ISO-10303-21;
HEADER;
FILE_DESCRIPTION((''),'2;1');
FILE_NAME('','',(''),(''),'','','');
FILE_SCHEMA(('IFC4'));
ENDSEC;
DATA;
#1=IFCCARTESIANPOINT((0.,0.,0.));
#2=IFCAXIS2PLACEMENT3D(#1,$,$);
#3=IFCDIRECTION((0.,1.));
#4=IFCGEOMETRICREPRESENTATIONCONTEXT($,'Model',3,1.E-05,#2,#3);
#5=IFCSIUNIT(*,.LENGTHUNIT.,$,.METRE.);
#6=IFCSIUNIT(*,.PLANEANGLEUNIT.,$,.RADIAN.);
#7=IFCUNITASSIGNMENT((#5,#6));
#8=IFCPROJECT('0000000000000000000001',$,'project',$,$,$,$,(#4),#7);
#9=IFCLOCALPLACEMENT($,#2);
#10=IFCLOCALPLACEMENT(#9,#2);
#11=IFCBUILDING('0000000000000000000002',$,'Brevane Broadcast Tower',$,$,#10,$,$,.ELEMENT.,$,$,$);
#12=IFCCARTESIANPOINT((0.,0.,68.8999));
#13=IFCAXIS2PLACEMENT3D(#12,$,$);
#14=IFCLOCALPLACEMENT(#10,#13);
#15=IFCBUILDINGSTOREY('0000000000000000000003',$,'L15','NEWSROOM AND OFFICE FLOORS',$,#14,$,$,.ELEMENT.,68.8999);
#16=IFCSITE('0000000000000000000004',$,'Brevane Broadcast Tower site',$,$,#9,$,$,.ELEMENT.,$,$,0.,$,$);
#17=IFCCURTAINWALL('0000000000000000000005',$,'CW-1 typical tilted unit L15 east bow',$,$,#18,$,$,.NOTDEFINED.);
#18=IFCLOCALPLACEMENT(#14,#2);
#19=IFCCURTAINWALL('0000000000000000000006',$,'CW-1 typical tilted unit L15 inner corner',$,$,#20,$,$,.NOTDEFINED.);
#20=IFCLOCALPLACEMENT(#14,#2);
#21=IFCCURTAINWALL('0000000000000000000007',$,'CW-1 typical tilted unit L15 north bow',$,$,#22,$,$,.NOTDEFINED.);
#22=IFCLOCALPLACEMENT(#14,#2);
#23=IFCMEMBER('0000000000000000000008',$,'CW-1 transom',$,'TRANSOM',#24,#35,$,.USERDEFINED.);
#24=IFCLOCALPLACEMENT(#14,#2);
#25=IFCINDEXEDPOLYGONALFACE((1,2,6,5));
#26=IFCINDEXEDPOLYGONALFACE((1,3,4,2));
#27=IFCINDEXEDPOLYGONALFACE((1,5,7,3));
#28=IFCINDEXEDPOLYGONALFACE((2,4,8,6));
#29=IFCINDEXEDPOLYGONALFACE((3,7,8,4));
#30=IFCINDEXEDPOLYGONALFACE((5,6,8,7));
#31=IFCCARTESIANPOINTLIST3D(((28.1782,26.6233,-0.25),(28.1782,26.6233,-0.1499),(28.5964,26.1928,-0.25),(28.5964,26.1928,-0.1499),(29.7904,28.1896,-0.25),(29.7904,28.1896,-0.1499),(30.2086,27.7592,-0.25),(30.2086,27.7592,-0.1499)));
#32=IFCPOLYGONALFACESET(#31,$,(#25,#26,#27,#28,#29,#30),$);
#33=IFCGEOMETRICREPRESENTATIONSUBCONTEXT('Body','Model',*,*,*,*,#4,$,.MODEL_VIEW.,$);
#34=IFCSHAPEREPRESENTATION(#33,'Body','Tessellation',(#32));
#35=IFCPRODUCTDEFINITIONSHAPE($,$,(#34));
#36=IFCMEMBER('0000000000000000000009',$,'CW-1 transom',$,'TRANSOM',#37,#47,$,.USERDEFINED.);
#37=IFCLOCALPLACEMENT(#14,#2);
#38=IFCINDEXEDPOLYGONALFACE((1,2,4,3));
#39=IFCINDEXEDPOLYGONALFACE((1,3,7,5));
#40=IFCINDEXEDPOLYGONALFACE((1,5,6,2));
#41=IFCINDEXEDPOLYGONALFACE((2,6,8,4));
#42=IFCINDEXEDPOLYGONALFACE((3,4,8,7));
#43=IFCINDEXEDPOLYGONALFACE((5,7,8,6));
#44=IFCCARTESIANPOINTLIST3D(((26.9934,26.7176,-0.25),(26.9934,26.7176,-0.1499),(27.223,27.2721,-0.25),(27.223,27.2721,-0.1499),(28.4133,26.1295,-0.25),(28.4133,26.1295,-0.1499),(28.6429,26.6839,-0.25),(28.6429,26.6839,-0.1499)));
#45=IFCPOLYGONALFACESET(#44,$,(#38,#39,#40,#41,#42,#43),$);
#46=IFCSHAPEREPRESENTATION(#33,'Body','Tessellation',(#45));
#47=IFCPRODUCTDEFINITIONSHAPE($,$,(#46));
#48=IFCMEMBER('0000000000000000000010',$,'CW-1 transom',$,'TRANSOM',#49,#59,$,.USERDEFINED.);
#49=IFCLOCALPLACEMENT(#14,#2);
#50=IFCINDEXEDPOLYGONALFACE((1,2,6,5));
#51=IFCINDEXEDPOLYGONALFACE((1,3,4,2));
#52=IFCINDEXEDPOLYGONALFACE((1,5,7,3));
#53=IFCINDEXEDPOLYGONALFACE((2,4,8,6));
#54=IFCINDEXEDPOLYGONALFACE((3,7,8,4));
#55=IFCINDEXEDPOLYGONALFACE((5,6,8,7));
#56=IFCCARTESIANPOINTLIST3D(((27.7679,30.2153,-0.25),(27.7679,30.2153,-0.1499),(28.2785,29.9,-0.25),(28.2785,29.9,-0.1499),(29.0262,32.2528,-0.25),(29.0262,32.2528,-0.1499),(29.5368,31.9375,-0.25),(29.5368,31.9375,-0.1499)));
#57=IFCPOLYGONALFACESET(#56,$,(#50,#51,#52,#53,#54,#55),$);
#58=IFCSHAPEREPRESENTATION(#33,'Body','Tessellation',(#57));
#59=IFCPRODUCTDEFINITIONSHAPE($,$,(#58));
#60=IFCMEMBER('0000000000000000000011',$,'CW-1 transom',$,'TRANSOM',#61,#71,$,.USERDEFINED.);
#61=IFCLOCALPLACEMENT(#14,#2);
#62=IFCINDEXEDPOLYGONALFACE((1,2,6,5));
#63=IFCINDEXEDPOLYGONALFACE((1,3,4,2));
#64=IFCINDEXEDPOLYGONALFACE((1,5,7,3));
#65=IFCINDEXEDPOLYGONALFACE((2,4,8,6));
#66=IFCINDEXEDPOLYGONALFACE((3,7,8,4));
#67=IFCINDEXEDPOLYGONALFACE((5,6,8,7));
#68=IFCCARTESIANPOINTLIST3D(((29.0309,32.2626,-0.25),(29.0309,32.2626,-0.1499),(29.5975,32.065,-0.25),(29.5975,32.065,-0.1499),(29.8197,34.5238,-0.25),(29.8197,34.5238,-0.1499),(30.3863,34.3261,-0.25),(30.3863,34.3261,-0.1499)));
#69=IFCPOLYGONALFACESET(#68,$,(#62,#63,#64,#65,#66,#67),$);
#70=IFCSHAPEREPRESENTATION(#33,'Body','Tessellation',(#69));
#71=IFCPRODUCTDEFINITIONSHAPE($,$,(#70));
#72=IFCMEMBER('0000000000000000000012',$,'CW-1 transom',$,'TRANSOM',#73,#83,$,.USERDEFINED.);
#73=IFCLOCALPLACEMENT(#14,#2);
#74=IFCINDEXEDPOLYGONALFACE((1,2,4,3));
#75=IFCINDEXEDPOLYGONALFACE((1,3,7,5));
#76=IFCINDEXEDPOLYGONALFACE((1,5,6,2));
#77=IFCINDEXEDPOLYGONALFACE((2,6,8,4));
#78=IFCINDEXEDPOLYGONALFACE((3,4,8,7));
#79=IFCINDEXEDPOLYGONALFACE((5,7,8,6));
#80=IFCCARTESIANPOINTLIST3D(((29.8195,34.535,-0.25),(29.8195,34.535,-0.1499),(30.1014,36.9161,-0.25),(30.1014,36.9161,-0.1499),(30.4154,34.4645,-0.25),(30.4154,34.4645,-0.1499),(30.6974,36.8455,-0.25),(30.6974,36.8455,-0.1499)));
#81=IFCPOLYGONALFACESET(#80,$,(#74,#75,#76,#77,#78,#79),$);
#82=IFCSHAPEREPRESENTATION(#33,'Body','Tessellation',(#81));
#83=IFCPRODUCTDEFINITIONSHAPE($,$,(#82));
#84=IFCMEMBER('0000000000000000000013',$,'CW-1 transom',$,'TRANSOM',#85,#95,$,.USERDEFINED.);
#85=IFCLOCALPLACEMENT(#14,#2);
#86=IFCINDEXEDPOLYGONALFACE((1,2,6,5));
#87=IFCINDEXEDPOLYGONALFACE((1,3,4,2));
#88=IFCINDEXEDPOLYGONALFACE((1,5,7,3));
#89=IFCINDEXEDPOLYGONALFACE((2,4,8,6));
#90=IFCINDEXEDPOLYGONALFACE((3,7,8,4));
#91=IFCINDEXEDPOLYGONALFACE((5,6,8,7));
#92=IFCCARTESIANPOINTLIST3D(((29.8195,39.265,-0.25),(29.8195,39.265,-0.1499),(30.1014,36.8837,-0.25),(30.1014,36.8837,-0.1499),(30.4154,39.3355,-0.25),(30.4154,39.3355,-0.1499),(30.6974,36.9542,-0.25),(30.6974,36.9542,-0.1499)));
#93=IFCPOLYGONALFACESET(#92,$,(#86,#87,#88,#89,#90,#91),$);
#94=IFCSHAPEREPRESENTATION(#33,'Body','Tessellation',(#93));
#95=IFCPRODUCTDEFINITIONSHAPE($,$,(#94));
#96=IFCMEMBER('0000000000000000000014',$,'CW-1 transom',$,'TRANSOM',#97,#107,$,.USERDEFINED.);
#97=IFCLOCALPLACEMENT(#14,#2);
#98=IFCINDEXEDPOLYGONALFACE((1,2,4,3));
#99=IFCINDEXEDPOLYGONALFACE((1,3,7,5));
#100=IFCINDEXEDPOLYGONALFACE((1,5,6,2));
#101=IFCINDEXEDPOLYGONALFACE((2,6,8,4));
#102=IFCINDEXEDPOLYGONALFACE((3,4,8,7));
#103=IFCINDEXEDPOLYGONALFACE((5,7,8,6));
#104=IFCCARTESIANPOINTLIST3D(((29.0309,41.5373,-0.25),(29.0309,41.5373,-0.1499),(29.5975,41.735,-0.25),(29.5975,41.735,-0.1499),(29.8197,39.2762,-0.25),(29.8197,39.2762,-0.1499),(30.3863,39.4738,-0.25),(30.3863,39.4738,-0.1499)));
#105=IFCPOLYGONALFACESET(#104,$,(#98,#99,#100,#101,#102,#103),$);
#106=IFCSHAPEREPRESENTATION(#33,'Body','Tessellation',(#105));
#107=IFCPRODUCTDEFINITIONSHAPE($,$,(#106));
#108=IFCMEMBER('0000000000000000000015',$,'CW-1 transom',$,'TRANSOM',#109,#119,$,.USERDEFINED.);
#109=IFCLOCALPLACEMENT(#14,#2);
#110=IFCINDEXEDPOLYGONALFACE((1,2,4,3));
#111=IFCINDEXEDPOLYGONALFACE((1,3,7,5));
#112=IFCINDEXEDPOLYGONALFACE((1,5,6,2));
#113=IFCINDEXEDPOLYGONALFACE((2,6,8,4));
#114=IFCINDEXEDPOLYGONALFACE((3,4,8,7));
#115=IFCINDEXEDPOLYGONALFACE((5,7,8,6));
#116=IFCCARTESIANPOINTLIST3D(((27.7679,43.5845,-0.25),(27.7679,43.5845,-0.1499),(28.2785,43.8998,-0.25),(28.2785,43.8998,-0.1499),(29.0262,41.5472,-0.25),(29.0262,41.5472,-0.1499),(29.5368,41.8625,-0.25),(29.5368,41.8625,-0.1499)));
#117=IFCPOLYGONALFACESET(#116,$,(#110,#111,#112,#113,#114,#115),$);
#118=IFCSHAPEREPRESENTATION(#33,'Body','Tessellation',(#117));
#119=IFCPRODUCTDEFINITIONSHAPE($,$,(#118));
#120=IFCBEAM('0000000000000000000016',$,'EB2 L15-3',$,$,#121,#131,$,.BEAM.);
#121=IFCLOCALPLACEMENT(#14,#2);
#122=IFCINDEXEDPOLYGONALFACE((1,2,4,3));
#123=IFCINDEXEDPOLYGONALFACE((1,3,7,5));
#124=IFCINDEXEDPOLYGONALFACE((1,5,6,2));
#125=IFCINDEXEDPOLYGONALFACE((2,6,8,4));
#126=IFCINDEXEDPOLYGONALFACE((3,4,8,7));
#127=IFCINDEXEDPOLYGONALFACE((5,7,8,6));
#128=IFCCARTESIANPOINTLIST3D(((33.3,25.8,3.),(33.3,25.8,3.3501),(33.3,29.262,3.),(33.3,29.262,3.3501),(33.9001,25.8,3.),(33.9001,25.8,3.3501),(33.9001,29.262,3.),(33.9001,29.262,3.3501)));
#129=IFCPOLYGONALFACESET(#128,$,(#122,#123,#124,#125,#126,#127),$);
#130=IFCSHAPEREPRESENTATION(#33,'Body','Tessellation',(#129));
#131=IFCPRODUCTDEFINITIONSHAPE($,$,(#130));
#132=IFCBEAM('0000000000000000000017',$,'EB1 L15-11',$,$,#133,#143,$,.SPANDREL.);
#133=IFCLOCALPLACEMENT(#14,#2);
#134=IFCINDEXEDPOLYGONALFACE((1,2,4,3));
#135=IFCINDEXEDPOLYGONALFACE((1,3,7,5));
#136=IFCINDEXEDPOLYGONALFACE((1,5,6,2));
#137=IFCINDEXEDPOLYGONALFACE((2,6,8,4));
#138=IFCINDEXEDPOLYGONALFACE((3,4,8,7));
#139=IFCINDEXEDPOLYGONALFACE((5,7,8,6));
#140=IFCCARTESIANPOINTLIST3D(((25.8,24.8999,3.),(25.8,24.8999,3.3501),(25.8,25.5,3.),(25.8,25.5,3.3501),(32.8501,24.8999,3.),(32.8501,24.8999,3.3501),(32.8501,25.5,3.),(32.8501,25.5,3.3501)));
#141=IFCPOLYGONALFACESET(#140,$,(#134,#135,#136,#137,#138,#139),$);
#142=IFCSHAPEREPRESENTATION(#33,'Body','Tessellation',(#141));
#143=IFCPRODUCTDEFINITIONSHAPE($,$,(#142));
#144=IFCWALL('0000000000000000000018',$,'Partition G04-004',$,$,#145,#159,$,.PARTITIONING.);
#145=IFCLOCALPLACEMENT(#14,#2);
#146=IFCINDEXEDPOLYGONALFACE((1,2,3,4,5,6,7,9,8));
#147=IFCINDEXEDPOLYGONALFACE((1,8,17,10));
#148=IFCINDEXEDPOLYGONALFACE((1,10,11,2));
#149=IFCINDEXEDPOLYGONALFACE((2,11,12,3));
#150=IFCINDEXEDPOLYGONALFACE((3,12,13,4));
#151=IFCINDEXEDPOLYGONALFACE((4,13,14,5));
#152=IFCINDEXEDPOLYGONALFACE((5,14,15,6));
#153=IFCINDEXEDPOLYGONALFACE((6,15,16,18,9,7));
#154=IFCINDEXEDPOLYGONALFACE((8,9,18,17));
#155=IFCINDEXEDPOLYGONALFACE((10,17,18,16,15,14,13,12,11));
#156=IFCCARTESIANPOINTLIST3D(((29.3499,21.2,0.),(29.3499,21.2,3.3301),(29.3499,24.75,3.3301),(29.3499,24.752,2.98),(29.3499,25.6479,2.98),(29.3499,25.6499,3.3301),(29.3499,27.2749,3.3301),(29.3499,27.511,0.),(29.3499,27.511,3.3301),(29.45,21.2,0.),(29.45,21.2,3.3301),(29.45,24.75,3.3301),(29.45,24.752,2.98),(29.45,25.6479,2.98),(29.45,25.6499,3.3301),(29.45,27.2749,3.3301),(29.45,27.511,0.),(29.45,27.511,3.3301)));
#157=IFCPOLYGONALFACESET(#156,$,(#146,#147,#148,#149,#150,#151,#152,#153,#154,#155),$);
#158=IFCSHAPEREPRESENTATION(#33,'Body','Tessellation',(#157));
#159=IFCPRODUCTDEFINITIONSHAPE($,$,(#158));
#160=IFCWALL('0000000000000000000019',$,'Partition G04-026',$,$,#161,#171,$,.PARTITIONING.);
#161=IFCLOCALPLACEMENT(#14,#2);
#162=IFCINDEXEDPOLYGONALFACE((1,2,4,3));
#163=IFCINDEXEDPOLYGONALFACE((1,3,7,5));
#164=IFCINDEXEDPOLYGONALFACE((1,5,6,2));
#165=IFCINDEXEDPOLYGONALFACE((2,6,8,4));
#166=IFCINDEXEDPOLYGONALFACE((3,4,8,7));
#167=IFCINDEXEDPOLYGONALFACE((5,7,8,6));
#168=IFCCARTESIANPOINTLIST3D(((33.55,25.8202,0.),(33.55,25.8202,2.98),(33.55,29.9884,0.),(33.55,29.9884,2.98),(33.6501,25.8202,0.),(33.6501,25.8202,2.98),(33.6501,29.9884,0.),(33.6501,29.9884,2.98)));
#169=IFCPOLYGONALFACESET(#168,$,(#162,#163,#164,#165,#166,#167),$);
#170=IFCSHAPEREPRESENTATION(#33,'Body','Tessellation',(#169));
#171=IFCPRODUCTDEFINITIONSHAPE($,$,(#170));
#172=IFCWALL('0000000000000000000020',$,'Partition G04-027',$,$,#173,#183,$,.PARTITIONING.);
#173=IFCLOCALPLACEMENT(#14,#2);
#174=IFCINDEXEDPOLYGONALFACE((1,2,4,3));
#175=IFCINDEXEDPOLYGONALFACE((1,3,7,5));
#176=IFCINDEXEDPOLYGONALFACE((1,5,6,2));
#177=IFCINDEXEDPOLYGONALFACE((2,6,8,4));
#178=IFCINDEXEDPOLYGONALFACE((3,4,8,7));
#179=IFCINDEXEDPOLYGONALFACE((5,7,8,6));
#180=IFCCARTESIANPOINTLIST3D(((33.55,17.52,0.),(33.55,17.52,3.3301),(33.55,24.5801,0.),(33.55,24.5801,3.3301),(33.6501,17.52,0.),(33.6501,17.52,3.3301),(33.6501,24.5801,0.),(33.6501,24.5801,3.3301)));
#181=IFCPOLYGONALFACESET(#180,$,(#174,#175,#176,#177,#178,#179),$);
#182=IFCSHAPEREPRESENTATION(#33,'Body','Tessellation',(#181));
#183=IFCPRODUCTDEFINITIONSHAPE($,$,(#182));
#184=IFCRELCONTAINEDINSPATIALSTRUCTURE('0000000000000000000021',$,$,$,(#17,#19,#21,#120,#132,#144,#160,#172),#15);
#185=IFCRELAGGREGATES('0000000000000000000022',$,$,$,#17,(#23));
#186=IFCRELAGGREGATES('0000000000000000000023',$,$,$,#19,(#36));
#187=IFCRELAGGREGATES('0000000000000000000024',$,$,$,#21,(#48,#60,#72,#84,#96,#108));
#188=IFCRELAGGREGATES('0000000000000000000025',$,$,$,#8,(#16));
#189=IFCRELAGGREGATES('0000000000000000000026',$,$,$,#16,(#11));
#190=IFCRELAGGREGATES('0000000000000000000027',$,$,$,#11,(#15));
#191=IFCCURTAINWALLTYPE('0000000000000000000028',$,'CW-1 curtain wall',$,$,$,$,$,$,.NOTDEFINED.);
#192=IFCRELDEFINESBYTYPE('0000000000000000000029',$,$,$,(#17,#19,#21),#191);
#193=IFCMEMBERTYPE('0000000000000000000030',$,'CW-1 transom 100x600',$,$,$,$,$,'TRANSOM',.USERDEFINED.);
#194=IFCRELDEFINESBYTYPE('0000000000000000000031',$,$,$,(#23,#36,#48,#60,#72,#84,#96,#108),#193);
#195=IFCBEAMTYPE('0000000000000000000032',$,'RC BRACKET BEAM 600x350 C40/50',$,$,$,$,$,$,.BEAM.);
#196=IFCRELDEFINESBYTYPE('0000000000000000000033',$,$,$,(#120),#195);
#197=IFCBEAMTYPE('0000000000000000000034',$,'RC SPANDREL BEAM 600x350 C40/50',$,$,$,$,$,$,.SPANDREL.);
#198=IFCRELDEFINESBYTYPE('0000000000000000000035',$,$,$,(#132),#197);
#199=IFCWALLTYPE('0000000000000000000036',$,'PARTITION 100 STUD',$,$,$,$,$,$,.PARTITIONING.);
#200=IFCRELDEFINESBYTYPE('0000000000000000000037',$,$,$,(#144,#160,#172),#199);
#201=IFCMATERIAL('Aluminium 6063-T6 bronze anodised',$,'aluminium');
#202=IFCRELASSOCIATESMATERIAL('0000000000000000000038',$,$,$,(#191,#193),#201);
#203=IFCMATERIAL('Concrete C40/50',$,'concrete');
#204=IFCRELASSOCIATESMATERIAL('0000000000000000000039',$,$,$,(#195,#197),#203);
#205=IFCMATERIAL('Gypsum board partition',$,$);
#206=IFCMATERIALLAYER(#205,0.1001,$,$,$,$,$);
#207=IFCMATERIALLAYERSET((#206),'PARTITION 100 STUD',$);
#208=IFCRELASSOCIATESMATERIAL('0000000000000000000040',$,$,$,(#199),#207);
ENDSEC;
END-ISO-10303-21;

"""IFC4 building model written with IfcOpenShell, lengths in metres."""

from ifc_helpers import new_model, si_unit, direction, frame, frame_2d, origin, origin_2d, place, context, subcontext, project, spatial, polyline, rectangle, outline, extrude, material, layer, layer_set, material_profile, profile_set, type_object, element, aggregate, save


model = new_model("IFC4")

# Units and contexts
model_context = context("Model", 3, precision=1e-05, world=origin(), true_north=direction((0.0, 1.0)))
body_context = subcontext(model_context, "Body", "Model", "MODEL_VIEW")
ifc_project = project(units=[si_unit("LENGTHUNIT", "METRE"), si_unit("PLANEANGLEUNIT", "RADIAN")], contexts=[model_context])

# Site, building, storey
site_placement = place(None, origin())
site = spatial("IfcSite", under=ifc_project, at=site_placement, Name="Brevane Broadcast Tower site", CompositionType="ELEMENT", RefElevation=0.0)
building_placement = place(site_placement, origin())
building = spatial("IfcBuilding", under=site, at=building_placement, Name="Brevane Broadcast Tower", CompositionType="ELEMENT")
storey_placement = place(building_placement, frame((0.0, 0.0, 68.8999)))
storey = spatial("IfcBuildingStorey", under=building, at=storey_placement, Name="L15", Description="NEWSROOM AND OFFICE FLOORS", CompositionType="ELEMENT", Elevation=68.8999)

# Curtain wall
ifc_material_1 = material(Name="Aluminium 6063-T6 bronze anodised", Category="aluminium")
curtain_wall_type = type_object("IfcCurtainWallType", Name="CW-1 curtain wall", PredefinedType="NOTDEFINED", material=ifc_material_1)
curtain_wall_1_placement = place(storey_placement, origin())
curtain_wall_1 = element("IfcCurtainWall", 1, at=curtain_wall_1_placement, inside=storey, type_object=curtain_wall_type, Name="CW-1 typical tilted unit L15 east bow", PredefinedType="NOTDEFINED")

# Curtain wall
curtain_wall_2_placement = place(storey_placement, origin())
curtain_wall_2 = element("IfcCurtainWall", 2, at=curtain_wall_2_placement, inside=storey, type_object=curtain_wall_type, Name="CW-1 typical tilted unit L15 inner corner", PredefinedType="NOTDEFINED")

# Curtain wall
curtain_wall_3_placement = place(storey_placement, origin())
curtain_wall_3 = element("IfcCurtainWall", 3, at=curtain_wall_3_placement, inside=storey, type_object=curtain_wall_type, Name="CW-1 typical tilted unit L15 north bow", PredefinedType="NOTDEFINED")

# Members
ifc_material_profile_1 = material_profile(ifc_material_1, rectangle(XDim=0.6001, YDim=0.1001, at=origin_2d()), Name="RECT 100x600")
ifc_profile_set_1 = profile_set([ifc_material_profile_1], Name="Aluminium 6063-T6 bronze anodised")
member_type_1 = type_object("IfcMemberType", Name="CW-1 transom 100x600", ElementType="TRANSOM", PredefinedType="USERDEFINED", material=ifc_profile_set_1)
member_1_placement = place(storey_placement, frame((29.9995, 27.9744, -0.2), z_axis=(-0.717242, -0.696824, 0.0), x_axis=(0.696824, -0.717242, 0.0)))
member_1 = element("IfcMember", 4, at=member_1_placement, type_object=member_type_1, Name="CW-1 transom", ObjectType="TRANSOM", PredefinedType="USERDEFINED", context=body_context, shape_type="SweptSolid", body=[
    extrude(rectangle(XDim=0.6001, YDim=0.1001, at=origin_2d()), origin(), (0.0, 0.0, 1.0), 2.2478),
])
aggregate(curtain_wall_1, [member_1])
member_2_placement = place(storey_placement, frame((28.5281, 26.4067, -0.2), z_axis=(-0.923883, 0.382674, 0.0), x_axis=(-0.382674, -0.923883, 0.0)))
member_2 = element("IfcMember", 5, at=member_2_placement, type_object=member_type_1, Name="CW-1 transom", ObjectType="TRANSOM", PredefinedType="USERDEFINED", context=body_context, shape_type="SweptSolid", body=[
    extrude(rectangle(XDim=0.6001, YDim=0.1001, at=origin_2d()), origin(), (0.0, 0.0, 1.0), 1.5369),
])
aggregate(curtain_wall_2, [member_2])
member_3_placement = place(storey_placement, frame((28.0232, 30.0576, -0.2), z_axis=(0.525428, 0.850838, 0.0), x_axis=(-0.850838, 0.525428, 0.0)))
member_3 = element("IfcMember", 6, at=member_3_placement, type_object=member_type_1, Name="CW-1 transom", ObjectType="TRANSOM", PredefinedType="USERDEFINED", context=body_context, shape_type="SweptSolid", body=[
    extrude(rectangle(XDim=0.6001, YDim=0.1001, at=origin_2d()), origin(), (0.0, 0.0, 1.0), 2.3948),
])
member_4_placement = place(storey_placement, frame((29.3142, 32.1638, -0.2), z_axis=(0.329378, 0.944198, 0.0), x_axis=(-0.944198, 0.329378, 0.0)))
member_4 = element("IfcMember", 7, at=member_4_placement, type_object=member_type_1, Name="CW-1 transom", ObjectType="TRANSOM", PredefinedType="USERDEFINED", context=body_context, shape_type="SweptSolid", body=[
    extrude(rectangle(XDim=0.6001, YDim=0.1001, at=origin_2d()), origin(), (0.0, 0.0, 1.0), 2.3948),
])
member_5_placement = place(storey_placement, frame((30.1174, 34.4998, -0.2), z_axis=(0.117603, 0.993061, 0.0), x_axis=(-0.993061, 0.117603, 0.0)))
member_5 = element("IfcMember", 8, at=member_5_placement, type_object=member_type_1, Name="CW-1 transom", ObjectType="TRANSOM", PredefinedType="USERDEFINED", context=body_context, shape_type="SweptSolid", body=[
    extrude(rectangle(XDim=0.6001, YDim=0.1001, at=origin_2d()), origin(), (0.0, 0.0, 1.0), 2.3977),
])
member_6_placement = place(storey_placement, frame((30.3994, 36.9189, -0.2), z_axis=(-0.117591, 0.993062, 0.0), x_axis=(-0.993062, -0.117591, 0.0)))
member_6 = element("IfcMember", 9, at=member_6_placement, type_object=member_type_1, Name="CW-1 transom", ObjectType="TRANSOM", PredefinedType="USERDEFINED", context=body_context, shape_type="SweptSolid", body=[
    extrude(rectangle(XDim=0.6001, YDim=0.1001, at=origin_2d()), origin(), (0.0, 0.0, 1.0), 2.3979),
])
member_7_placement = place(storey_placement, frame((30.103, 39.375, -0.2), z_axis=(-0.329378, 0.944198, 0.0), x_axis=(-0.944198, -0.329378, 0.0)))
member_7 = element("IfcMember", 10, at=member_7_placement, type_object=member_type_1, Name="CW-1 transom", ObjectType="TRANSOM", PredefinedType="USERDEFINED", context=body_context, shape_type="SweptSolid", body=[
    extrude(rectangle(XDim=0.6001, YDim=0.1001, at=origin_2d()), origin(), (0.0, 0.0, 1.0), 2.3948),
])
member_8_placement = place(storey_placement, frame((29.2815, 41.7048, -0.2), z_axis=(-0.525473, 0.85081, 0.0), x_axis=(-0.85081, -0.525473, 0.0)))
member_8 = element("IfcMember", 11, at=member_8_placement, type_object=member_type_1, Name="CW-1 transom", ObjectType="TRANSOM", PredefinedType="USERDEFINED", context=body_context, shape_type="SweptSolid", body=[
    extrude(rectangle(XDim=0.6001, YDim=0.1001, at=origin_2d()), origin(), (0.0, 0.0, 1.0), 2.3945),
])
aggregate(curtain_wall_3, [member_3, member_4, member_5, member_6, member_7, member_8])

# Beams
ifc_material_2 = material(Name="Concrete C40/50", Category="concrete")
ifc_material_profile_2 = material_profile(ifc_material_2, rectangle(XDim=0.6001, YDim=0.3501, at=origin_2d()), Name="RC 600x350")
ifc_profile_set_2 = profile_set([ifc_material_profile_2], Name="Concrete C40/50")
beam_type_1 = type_object("IfcBeamType", Name="RC BRACKET BEAM 600x350 C40/50", PredefinedType="BEAM", material=ifc_profile_set_2)
beam_1_placement = place(storey_placement, frame((33.6001, 25.8, 3.175), z_axis=(0.0, 1.0, 0.0), x_axis=(-1.0, 0.0, 0.0)))
element("IfcBeam", 12, at=beam_1_placement, inside=storey, type_object=beam_type_1, Name="EB2 L15-3", PredefinedType="BEAM", context=body_context, shape_type="SweptSolid", body=[
    extrude(rectangle(XDim=0.6001, YDim=0.3501, at=origin_2d()), origin(), (0.0, 0.0, 1.0), 3.4619),
])
ifc_material_profile_3 = material_profile(ifc_material_2, rectangle(XDim=0.6001, YDim=0.3501, at=origin_2d()), Name="RC 600x350")
ifc_profile_set_3 = profile_set([ifc_material_profile_3], Name="Concrete C40/50")
beam_type_2 = type_object("IfcBeamType", Name="RC SPANDREL BEAM 600x350 C40/50", PredefinedType="SPANDREL", material=ifc_profile_set_3)
beam_2_placement = place(storey_placement, frame((32.8501, 25.2, 3.175), z_axis=(-1.0, 0.0, 0.0), x_axis=(0.0, -1.0, 0.0)))
element("IfcBeam", 13, at=beam_2_placement, inside=storey, type_object=beam_type_2, Name="EB1 L15-11", PredefinedType="SPANDREL", context=body_context, shape_type="SweptSolid", body=[
    extrude(rectangle(XDim=0.6001, YDim=0.3501, at=origin_2d()), origin(), (0.0, 0.0, 1.0), 7.05),
])

# Walls
ifc_material_3 = material(Name="Gypsum board partition")
ifc_layer = layer(ifc_material_3, 0.1001)
ifc_layer_set = layer_set([ifc_layer], Name="PARTITION 100 STUD")
wall_type = type_object("IfcWallType", Name="PARTITION 100 STUD", PredefinedType="PARTITIONING", material=ifc_layer_set)
wall_1_placement = place(storey_placement, frame((29.3999, 27.511, 0.0), z_axis=(0.0, 0.0, 1.0), x_axis=(0.0, -1.0, 0.0)))
element("IfcWall", 14, at=wall_1_placement, inside=storey, type_object=wall_type, Name="Partition G04-004", PredefinedType="PARTITIONING", context=body_context, shape_type="SweptSolid", body=[
    extrude(outline(polyline([(0.0, 0.0), (6.311, 0.0), (6.311, 3.3301), (2.761, 3.3301), (2.759, 2.98), (1.863, 2.98), (1.8611, 3.3301), (0.2361, 3.3301), (0.0, 3.3301), (0.0, 0.0)])), frame((0.0, 0.05, 0.0), z_axis=(0.0, -1.0, 0.0), x_axis=(1.0, 0.0, 0.0)), (0.0, 0.0, 1.0), 0.1001),
])
wall_2_placement = place(storey_placement, frame((33.6001, 29.9883, 0.0), z_axis=(0.0, 0.0, 1.0), x_axis=(0.0, -1.0, 0.0)))
element("IfcWall", 15, at=wall_2_placement, inside=storey, type_object=wall_type, Name="Partition G04-026", PredefinedType="PARTITIONING", context=body_context, shape_type="SweptSolid", body=[
    extrude(rectangle(XDim=4.1682, YDim=0.1001, at=frame_2d((2.084, 0.0))), origin(), (0.0, 0.0, 1.0), 2.98),
])
wall_3_placement = place(storey_placement, frame((33.6001, 24.5801, 0.0), z_axis=(0.0, 0.0, 1.0), x_axis=(0.0, -1.0, 0.0)))
element("IfcWall", 16, at=wall_3_placement, inside=storey, type_object=wall_type, Name="Partition G04-027", PredefinedType="PARTITIONING", context=body_context, shape_type="SweptSolid", body=[
    extrude(rectangle(XDim=7.0601, YDim=0.1001, at=frame_2d((3.53, 0.0))), origin(), (0.0, 0.0, 1.0), 3.3301),
])

save(model, "model.ifc")
